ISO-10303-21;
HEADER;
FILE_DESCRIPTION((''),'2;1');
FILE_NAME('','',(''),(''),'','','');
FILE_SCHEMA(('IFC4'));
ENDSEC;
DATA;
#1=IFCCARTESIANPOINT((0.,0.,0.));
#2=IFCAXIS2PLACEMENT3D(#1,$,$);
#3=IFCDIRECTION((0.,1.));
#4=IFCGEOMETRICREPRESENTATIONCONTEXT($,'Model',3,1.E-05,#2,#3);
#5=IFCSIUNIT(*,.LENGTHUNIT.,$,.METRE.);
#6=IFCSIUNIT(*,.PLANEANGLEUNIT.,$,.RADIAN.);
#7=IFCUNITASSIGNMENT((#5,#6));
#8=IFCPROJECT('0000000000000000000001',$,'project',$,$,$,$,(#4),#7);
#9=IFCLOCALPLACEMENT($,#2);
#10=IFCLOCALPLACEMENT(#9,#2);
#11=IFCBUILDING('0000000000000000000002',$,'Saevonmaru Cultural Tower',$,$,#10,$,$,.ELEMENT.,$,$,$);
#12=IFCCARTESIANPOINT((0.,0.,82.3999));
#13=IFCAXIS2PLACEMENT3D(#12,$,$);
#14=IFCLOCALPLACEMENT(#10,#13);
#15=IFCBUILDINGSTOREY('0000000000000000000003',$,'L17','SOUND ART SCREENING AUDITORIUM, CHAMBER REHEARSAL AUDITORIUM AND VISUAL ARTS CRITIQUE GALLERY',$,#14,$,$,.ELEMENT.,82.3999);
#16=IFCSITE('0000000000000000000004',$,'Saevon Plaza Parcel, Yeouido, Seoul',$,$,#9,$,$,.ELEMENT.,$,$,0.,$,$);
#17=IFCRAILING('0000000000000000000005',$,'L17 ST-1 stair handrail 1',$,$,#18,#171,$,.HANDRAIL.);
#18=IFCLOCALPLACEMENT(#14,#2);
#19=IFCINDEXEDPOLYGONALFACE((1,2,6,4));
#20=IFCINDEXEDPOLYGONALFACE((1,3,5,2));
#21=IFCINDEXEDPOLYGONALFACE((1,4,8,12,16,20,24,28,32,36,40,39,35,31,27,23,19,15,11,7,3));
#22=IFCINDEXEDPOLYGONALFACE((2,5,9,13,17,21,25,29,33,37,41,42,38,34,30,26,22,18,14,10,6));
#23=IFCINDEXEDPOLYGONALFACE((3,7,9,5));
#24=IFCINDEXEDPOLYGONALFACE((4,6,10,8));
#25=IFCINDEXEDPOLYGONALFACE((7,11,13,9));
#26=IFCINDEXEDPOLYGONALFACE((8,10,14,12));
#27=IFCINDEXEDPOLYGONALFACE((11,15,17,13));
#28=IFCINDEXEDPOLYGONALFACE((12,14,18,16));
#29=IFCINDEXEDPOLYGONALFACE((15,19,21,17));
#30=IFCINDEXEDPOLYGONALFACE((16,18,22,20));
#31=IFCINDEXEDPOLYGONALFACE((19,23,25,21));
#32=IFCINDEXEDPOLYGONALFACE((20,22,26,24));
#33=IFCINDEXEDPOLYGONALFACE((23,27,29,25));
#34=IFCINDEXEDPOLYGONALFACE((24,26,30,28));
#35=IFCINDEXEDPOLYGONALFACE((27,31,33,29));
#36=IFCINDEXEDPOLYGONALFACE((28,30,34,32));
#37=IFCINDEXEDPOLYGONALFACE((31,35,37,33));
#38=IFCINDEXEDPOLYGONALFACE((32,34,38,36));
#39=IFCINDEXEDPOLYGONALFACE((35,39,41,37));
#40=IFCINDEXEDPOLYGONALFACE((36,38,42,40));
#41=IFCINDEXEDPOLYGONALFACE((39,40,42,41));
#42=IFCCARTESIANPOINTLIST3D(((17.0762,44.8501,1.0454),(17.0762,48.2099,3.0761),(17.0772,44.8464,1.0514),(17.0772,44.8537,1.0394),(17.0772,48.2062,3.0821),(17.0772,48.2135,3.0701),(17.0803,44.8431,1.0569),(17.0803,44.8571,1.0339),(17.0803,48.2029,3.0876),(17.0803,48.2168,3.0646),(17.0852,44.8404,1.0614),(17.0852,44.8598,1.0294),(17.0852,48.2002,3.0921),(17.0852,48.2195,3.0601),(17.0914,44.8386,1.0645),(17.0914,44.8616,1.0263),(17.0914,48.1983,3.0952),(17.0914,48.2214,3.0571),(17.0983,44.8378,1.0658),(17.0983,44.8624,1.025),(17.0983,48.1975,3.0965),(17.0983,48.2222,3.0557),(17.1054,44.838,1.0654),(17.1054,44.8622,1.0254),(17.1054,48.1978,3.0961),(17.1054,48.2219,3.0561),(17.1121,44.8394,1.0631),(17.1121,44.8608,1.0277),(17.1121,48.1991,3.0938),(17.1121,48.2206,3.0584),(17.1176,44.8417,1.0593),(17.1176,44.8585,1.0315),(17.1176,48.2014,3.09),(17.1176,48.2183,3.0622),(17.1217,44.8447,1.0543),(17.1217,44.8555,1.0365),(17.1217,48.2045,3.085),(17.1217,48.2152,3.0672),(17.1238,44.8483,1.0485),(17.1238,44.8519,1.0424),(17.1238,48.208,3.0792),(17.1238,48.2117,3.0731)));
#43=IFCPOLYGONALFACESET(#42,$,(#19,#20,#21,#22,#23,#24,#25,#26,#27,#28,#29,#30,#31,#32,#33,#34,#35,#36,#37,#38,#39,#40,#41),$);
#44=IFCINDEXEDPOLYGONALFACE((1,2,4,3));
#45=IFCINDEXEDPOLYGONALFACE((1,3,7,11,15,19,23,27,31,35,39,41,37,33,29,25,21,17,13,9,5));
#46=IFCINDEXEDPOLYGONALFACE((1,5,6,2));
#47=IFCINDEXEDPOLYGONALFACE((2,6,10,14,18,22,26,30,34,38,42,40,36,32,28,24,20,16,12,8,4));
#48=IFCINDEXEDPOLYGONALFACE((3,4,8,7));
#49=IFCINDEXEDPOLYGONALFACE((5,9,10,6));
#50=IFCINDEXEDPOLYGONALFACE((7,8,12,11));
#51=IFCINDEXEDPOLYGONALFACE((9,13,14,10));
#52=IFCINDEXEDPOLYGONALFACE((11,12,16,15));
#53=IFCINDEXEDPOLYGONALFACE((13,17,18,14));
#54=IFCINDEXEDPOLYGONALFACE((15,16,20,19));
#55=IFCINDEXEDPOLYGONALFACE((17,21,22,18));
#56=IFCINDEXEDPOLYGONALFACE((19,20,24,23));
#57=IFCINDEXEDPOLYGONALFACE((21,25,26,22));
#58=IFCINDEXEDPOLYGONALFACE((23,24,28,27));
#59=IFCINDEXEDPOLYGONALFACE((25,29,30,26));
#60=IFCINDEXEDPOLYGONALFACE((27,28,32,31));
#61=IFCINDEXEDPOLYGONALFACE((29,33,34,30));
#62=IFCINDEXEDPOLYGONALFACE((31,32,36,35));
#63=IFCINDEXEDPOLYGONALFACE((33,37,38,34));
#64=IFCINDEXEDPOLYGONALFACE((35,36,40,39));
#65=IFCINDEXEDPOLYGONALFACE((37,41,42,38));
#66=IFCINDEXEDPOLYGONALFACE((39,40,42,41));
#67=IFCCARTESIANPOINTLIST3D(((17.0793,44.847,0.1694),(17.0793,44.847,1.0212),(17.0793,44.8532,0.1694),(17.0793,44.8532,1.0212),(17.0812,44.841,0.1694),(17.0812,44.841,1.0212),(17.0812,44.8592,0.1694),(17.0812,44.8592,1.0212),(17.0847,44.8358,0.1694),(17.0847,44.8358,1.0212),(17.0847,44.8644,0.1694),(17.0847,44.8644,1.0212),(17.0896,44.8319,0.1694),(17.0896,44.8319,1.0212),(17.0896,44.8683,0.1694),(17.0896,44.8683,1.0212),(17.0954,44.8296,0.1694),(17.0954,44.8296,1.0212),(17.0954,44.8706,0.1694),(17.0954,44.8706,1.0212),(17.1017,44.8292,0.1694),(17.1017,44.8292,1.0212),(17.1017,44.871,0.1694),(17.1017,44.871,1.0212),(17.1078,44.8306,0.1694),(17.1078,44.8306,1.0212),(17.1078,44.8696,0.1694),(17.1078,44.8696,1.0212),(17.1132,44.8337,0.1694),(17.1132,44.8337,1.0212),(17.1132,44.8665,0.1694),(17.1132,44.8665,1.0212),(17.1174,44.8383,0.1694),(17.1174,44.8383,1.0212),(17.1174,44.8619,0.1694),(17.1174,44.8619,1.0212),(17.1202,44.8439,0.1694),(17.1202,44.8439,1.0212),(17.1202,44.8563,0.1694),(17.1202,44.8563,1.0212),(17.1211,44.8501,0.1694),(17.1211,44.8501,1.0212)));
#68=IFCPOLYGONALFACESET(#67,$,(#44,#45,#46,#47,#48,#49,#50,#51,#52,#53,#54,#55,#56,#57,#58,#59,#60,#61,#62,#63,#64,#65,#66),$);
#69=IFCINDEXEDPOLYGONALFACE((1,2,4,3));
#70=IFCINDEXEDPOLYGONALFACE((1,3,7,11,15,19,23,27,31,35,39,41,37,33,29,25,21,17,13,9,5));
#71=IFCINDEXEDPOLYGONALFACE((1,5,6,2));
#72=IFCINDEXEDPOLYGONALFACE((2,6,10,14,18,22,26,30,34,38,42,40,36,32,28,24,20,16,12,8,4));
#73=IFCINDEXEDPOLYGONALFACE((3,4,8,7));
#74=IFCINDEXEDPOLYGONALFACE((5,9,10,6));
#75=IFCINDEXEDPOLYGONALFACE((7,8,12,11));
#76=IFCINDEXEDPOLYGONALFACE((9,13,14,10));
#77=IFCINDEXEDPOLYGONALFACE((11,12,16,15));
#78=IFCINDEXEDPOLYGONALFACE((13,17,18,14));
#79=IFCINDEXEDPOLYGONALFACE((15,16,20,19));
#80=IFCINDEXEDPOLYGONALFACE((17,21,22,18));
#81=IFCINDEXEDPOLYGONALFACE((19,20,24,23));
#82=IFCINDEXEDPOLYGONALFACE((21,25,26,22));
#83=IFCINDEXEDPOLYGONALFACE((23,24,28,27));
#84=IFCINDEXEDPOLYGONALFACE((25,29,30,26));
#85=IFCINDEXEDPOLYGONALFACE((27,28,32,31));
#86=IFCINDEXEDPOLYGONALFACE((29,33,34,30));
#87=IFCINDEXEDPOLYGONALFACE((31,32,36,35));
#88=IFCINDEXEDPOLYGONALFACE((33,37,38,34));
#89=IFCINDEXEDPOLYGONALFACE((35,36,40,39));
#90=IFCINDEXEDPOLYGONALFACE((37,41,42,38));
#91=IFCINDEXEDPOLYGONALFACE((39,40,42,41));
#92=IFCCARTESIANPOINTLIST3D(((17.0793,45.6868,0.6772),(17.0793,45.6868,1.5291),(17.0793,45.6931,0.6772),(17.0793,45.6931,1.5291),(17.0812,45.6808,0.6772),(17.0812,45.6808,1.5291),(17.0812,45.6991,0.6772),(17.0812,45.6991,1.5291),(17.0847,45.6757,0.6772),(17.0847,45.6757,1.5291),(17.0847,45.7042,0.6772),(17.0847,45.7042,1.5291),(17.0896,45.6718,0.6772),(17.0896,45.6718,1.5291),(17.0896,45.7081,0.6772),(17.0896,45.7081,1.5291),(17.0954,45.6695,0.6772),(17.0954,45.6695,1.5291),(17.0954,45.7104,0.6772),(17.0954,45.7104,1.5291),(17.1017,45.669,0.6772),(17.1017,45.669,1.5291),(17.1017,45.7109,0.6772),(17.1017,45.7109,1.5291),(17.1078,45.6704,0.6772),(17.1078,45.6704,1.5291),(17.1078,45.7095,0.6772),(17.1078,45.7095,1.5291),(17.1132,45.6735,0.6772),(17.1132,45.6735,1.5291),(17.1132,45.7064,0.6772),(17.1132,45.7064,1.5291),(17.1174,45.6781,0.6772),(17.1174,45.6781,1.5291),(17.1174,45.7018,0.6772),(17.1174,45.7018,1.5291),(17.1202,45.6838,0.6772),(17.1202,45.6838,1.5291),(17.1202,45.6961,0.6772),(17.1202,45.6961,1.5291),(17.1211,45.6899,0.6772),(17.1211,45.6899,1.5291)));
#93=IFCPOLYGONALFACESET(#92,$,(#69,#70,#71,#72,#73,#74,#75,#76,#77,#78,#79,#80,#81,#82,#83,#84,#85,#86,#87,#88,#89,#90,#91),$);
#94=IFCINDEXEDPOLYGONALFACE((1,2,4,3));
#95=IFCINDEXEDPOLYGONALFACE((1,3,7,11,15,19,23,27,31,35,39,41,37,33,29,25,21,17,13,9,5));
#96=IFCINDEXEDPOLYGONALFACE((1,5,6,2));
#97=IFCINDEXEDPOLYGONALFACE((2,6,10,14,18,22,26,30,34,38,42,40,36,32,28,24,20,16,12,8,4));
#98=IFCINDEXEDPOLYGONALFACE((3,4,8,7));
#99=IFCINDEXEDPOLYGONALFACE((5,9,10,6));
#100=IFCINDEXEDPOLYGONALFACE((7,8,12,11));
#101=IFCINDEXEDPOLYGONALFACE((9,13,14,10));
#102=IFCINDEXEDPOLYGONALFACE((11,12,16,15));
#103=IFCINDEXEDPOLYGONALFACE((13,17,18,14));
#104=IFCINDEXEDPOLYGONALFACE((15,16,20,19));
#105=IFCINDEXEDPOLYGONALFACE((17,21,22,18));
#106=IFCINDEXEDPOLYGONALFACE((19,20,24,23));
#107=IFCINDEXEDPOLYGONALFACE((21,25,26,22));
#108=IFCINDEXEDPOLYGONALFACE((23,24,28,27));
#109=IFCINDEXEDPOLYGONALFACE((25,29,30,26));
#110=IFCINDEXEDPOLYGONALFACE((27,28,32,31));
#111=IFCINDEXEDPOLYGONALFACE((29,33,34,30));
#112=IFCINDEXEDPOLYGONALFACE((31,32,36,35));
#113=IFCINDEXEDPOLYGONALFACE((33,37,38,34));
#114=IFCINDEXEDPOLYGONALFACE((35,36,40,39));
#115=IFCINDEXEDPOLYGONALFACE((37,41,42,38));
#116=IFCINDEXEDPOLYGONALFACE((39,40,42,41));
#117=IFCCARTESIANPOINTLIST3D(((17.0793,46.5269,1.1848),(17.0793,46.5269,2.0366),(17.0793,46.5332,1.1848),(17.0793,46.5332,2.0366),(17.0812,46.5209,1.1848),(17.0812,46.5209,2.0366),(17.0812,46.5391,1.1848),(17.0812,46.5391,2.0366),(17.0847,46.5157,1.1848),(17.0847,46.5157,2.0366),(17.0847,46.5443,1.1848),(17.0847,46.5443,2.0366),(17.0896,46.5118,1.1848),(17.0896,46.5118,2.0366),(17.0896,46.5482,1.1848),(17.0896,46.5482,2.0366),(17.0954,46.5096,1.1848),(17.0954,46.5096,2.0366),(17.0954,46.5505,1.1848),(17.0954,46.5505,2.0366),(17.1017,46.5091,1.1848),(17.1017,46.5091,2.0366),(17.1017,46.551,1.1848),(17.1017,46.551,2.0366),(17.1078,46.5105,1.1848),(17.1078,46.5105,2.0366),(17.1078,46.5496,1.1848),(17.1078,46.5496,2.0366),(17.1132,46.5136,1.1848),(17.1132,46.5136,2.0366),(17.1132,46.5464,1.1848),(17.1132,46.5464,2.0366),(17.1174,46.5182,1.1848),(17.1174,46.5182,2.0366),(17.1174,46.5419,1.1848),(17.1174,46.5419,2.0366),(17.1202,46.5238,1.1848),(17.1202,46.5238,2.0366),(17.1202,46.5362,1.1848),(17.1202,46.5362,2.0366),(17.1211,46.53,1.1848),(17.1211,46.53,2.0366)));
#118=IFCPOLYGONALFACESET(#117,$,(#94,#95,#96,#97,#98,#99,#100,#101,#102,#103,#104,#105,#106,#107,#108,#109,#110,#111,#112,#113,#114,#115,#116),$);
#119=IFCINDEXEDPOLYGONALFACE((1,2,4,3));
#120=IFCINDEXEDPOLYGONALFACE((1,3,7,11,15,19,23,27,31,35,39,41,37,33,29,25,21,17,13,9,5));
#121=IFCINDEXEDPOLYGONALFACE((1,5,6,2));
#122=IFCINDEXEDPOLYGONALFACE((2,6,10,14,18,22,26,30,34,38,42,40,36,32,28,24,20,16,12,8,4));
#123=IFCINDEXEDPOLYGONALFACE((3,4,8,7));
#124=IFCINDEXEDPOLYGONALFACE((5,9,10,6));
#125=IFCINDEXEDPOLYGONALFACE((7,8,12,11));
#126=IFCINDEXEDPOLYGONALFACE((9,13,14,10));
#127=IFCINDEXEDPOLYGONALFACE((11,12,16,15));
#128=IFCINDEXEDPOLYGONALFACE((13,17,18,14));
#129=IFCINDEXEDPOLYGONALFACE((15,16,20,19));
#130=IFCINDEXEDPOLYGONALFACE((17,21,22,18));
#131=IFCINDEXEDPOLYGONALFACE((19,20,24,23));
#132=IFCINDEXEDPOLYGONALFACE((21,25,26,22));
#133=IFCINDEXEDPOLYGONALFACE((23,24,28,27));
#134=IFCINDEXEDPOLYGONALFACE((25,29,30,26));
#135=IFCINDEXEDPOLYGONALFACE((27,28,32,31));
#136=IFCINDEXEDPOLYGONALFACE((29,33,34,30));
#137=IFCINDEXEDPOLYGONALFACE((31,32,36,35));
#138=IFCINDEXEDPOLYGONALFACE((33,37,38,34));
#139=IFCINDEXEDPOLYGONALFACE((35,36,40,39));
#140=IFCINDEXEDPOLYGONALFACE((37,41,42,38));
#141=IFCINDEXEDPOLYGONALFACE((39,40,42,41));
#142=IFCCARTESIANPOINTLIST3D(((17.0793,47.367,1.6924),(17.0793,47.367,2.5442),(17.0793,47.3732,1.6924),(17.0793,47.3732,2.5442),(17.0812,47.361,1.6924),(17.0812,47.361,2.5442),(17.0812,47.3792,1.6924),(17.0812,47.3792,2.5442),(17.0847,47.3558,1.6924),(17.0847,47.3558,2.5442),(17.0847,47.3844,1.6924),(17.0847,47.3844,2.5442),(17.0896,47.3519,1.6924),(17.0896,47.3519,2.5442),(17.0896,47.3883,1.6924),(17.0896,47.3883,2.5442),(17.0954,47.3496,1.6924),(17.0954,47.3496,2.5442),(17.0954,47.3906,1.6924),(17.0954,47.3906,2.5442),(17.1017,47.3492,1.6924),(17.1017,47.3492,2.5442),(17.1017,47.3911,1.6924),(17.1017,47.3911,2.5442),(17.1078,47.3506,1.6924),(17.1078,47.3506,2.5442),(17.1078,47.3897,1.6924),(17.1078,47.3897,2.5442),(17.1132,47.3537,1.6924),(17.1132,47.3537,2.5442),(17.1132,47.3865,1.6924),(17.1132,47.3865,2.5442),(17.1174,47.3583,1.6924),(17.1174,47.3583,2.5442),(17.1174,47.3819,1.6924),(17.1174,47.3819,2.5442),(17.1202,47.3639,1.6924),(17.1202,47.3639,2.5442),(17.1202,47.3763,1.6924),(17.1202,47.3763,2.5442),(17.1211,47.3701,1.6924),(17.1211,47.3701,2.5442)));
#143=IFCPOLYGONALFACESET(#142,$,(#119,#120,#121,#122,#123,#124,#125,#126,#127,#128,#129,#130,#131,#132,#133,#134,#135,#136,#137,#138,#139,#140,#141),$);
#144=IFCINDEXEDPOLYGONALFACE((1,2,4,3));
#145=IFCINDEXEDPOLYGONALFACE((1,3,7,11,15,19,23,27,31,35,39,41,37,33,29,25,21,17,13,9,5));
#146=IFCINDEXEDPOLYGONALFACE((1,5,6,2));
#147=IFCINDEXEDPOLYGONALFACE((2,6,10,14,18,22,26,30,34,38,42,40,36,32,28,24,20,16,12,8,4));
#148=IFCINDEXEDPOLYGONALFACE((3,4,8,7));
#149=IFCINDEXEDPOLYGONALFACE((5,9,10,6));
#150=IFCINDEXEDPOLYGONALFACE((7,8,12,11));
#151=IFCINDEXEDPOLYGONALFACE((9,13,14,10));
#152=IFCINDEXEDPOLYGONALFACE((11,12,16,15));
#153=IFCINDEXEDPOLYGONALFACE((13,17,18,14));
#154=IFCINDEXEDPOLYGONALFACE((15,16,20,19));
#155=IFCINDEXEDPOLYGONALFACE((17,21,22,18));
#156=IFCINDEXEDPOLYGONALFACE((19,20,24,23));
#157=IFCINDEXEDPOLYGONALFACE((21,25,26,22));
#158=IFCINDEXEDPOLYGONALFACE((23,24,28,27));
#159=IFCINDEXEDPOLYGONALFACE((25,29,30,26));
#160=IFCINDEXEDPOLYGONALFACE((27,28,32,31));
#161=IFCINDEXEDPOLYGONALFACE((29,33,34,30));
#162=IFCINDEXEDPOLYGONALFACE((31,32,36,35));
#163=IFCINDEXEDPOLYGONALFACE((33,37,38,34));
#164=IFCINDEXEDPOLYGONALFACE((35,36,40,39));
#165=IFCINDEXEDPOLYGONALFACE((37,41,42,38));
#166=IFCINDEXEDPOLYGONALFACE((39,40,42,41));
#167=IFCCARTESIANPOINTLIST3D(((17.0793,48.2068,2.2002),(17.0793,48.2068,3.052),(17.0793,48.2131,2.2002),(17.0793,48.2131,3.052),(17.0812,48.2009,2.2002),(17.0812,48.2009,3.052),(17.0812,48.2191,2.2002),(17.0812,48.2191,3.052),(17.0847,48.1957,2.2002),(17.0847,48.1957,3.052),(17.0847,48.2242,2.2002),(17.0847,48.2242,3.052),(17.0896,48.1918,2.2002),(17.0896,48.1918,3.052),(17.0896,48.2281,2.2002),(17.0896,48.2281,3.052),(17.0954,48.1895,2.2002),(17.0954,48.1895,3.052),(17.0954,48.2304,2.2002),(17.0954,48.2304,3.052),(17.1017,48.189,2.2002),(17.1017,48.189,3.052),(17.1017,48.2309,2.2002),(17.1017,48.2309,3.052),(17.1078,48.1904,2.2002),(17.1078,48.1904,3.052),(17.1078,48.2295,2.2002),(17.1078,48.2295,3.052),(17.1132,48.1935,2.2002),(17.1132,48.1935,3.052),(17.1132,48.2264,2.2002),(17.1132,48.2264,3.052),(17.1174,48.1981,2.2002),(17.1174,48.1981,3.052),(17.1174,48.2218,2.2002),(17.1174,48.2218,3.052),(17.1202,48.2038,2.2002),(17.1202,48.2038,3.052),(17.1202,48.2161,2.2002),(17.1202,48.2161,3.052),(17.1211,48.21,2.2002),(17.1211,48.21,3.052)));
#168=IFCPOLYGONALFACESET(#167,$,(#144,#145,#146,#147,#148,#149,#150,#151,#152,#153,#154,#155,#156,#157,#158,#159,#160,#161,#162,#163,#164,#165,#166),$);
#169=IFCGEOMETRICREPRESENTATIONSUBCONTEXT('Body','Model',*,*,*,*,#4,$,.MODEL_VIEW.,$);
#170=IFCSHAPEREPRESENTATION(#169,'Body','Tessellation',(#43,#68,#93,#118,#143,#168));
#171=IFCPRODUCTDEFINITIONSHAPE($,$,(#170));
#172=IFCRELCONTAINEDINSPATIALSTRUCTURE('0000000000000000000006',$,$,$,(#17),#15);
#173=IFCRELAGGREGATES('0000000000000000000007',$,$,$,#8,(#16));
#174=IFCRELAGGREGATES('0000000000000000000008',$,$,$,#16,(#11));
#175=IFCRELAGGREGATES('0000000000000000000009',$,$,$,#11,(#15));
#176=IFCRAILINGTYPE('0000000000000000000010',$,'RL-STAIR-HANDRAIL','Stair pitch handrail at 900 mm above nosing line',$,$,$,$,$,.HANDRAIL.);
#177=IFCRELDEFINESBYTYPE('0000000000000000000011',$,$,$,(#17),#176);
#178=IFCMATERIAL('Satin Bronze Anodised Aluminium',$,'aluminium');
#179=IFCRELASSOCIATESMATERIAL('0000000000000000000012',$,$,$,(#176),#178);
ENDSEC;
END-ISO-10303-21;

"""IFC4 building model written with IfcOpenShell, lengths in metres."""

from ifc_helpers import new_model, si_unit, direction, frame, origin, origin_2d, place, context, subcontext, project, spatial, circle, extrude, material, type_object, element, save


model = new_model("IFC4")

# Units and contexts
model_context = context("Model", 3, precision=1e-05, world=origin(), true_north=direction((0.0, 1.0)))
body_context = subcontext(model_context, "Body", "Model", "MODEL_VIEW")
ifc_project = project(units=[si_unit("LENGTHUNIT", "METRE"), si_unit("PLANEANGLEUNIT", "RADIAN")], contexts=[model_context])

# Site, building, storey
site_placement = place(None, origin())
site = spatial("IfcSite", under=ifc_project, at=site_placement, Name="Saevon Plaza Parcel, Yeouido, Seoul", CompositionType="ELEMENT", RefElevation=0.0)
building_placement = place(site_placement, origin())
building = spatial("IfcBuilding", under=site, at=building_placement, Name="Saevonmaru Cultural Tower", CompositionType="ELEMENT")
storey_placement = place(building_placement, frame((0.0, 0.0, 82.3999)))
storey = spatial("IfcBuildingStorey", under=building, at=storey_placement, Name="L17", Description="SOUND ART SCREENING AUDITORIUM, CHAMBER REHEARSAL AUDITORIUM AND VISUAL ARTS CRITIQUE GALLERY", CompositionType="ELEMENT", Elevation=82.3999)

# Shared definitions
ifc_material_1 = material(Name="Satin Bronze Anodised Aluminium", Category="aluminium")

# Railing
railing_type_1 = type_object("IfcRailingType", Name="RL-STAIR-HANDRAIL", Description="Stair pitch handrail at 900 mm above nosing line", PredefinedType="HANDRAIL", material=ifc_material_1)
railing_1_placement = place(storey_placement, frame((17.1001, 44.8501, 0.1694)))
element("IfcRailing", 1, at=railing_1_placement, inside=storey, type_object=railing_type_1, Name="L17 ST-1 stair handrail 1", PredefinedType="HANDRAIL", context=body_context, shape_type="SweptSolid", body=[
    extrude(circle(Radius=0.0239, at=origin_2d()), frame((0.0, 0.0, 0.876), z_axis=(0.0, 0.85582, 0.517273), x_axis=(-1.0, 0.0, 0.0)), (0.0, 0.0, 1.0), 3.9258),
    extrude(circle(Radius=0.021, at=origin_2d()), origin(), (0.0, 0.0, 1.0), 0.8518),
    extrude(circle(Radius=0.021, at=origin_2d()), frame((0.0, 0.8398, 0.5078)), (0.0, 0.0, 1.0), 0.8518),
    extrude(circle(Radius=0.021, at=origin_2d()), frame((0.0, 1.6799, 1.0154)), (0.0, 0.0, 1.0), 0.8518),
    extrude(circle(Radius=0.021, at=origin_2d()), frame((0.0, 2.52, 1.5229)), (0.0, 0.0, 1.0), 0.8518),
    extrude(circle(Radius=0.021, at=origin_2d()), frame((0.0, 3.3599, 2.0308)), (0.0, 0.0, 1.0), 0.8518),
])

save(model, "model.ifc")
